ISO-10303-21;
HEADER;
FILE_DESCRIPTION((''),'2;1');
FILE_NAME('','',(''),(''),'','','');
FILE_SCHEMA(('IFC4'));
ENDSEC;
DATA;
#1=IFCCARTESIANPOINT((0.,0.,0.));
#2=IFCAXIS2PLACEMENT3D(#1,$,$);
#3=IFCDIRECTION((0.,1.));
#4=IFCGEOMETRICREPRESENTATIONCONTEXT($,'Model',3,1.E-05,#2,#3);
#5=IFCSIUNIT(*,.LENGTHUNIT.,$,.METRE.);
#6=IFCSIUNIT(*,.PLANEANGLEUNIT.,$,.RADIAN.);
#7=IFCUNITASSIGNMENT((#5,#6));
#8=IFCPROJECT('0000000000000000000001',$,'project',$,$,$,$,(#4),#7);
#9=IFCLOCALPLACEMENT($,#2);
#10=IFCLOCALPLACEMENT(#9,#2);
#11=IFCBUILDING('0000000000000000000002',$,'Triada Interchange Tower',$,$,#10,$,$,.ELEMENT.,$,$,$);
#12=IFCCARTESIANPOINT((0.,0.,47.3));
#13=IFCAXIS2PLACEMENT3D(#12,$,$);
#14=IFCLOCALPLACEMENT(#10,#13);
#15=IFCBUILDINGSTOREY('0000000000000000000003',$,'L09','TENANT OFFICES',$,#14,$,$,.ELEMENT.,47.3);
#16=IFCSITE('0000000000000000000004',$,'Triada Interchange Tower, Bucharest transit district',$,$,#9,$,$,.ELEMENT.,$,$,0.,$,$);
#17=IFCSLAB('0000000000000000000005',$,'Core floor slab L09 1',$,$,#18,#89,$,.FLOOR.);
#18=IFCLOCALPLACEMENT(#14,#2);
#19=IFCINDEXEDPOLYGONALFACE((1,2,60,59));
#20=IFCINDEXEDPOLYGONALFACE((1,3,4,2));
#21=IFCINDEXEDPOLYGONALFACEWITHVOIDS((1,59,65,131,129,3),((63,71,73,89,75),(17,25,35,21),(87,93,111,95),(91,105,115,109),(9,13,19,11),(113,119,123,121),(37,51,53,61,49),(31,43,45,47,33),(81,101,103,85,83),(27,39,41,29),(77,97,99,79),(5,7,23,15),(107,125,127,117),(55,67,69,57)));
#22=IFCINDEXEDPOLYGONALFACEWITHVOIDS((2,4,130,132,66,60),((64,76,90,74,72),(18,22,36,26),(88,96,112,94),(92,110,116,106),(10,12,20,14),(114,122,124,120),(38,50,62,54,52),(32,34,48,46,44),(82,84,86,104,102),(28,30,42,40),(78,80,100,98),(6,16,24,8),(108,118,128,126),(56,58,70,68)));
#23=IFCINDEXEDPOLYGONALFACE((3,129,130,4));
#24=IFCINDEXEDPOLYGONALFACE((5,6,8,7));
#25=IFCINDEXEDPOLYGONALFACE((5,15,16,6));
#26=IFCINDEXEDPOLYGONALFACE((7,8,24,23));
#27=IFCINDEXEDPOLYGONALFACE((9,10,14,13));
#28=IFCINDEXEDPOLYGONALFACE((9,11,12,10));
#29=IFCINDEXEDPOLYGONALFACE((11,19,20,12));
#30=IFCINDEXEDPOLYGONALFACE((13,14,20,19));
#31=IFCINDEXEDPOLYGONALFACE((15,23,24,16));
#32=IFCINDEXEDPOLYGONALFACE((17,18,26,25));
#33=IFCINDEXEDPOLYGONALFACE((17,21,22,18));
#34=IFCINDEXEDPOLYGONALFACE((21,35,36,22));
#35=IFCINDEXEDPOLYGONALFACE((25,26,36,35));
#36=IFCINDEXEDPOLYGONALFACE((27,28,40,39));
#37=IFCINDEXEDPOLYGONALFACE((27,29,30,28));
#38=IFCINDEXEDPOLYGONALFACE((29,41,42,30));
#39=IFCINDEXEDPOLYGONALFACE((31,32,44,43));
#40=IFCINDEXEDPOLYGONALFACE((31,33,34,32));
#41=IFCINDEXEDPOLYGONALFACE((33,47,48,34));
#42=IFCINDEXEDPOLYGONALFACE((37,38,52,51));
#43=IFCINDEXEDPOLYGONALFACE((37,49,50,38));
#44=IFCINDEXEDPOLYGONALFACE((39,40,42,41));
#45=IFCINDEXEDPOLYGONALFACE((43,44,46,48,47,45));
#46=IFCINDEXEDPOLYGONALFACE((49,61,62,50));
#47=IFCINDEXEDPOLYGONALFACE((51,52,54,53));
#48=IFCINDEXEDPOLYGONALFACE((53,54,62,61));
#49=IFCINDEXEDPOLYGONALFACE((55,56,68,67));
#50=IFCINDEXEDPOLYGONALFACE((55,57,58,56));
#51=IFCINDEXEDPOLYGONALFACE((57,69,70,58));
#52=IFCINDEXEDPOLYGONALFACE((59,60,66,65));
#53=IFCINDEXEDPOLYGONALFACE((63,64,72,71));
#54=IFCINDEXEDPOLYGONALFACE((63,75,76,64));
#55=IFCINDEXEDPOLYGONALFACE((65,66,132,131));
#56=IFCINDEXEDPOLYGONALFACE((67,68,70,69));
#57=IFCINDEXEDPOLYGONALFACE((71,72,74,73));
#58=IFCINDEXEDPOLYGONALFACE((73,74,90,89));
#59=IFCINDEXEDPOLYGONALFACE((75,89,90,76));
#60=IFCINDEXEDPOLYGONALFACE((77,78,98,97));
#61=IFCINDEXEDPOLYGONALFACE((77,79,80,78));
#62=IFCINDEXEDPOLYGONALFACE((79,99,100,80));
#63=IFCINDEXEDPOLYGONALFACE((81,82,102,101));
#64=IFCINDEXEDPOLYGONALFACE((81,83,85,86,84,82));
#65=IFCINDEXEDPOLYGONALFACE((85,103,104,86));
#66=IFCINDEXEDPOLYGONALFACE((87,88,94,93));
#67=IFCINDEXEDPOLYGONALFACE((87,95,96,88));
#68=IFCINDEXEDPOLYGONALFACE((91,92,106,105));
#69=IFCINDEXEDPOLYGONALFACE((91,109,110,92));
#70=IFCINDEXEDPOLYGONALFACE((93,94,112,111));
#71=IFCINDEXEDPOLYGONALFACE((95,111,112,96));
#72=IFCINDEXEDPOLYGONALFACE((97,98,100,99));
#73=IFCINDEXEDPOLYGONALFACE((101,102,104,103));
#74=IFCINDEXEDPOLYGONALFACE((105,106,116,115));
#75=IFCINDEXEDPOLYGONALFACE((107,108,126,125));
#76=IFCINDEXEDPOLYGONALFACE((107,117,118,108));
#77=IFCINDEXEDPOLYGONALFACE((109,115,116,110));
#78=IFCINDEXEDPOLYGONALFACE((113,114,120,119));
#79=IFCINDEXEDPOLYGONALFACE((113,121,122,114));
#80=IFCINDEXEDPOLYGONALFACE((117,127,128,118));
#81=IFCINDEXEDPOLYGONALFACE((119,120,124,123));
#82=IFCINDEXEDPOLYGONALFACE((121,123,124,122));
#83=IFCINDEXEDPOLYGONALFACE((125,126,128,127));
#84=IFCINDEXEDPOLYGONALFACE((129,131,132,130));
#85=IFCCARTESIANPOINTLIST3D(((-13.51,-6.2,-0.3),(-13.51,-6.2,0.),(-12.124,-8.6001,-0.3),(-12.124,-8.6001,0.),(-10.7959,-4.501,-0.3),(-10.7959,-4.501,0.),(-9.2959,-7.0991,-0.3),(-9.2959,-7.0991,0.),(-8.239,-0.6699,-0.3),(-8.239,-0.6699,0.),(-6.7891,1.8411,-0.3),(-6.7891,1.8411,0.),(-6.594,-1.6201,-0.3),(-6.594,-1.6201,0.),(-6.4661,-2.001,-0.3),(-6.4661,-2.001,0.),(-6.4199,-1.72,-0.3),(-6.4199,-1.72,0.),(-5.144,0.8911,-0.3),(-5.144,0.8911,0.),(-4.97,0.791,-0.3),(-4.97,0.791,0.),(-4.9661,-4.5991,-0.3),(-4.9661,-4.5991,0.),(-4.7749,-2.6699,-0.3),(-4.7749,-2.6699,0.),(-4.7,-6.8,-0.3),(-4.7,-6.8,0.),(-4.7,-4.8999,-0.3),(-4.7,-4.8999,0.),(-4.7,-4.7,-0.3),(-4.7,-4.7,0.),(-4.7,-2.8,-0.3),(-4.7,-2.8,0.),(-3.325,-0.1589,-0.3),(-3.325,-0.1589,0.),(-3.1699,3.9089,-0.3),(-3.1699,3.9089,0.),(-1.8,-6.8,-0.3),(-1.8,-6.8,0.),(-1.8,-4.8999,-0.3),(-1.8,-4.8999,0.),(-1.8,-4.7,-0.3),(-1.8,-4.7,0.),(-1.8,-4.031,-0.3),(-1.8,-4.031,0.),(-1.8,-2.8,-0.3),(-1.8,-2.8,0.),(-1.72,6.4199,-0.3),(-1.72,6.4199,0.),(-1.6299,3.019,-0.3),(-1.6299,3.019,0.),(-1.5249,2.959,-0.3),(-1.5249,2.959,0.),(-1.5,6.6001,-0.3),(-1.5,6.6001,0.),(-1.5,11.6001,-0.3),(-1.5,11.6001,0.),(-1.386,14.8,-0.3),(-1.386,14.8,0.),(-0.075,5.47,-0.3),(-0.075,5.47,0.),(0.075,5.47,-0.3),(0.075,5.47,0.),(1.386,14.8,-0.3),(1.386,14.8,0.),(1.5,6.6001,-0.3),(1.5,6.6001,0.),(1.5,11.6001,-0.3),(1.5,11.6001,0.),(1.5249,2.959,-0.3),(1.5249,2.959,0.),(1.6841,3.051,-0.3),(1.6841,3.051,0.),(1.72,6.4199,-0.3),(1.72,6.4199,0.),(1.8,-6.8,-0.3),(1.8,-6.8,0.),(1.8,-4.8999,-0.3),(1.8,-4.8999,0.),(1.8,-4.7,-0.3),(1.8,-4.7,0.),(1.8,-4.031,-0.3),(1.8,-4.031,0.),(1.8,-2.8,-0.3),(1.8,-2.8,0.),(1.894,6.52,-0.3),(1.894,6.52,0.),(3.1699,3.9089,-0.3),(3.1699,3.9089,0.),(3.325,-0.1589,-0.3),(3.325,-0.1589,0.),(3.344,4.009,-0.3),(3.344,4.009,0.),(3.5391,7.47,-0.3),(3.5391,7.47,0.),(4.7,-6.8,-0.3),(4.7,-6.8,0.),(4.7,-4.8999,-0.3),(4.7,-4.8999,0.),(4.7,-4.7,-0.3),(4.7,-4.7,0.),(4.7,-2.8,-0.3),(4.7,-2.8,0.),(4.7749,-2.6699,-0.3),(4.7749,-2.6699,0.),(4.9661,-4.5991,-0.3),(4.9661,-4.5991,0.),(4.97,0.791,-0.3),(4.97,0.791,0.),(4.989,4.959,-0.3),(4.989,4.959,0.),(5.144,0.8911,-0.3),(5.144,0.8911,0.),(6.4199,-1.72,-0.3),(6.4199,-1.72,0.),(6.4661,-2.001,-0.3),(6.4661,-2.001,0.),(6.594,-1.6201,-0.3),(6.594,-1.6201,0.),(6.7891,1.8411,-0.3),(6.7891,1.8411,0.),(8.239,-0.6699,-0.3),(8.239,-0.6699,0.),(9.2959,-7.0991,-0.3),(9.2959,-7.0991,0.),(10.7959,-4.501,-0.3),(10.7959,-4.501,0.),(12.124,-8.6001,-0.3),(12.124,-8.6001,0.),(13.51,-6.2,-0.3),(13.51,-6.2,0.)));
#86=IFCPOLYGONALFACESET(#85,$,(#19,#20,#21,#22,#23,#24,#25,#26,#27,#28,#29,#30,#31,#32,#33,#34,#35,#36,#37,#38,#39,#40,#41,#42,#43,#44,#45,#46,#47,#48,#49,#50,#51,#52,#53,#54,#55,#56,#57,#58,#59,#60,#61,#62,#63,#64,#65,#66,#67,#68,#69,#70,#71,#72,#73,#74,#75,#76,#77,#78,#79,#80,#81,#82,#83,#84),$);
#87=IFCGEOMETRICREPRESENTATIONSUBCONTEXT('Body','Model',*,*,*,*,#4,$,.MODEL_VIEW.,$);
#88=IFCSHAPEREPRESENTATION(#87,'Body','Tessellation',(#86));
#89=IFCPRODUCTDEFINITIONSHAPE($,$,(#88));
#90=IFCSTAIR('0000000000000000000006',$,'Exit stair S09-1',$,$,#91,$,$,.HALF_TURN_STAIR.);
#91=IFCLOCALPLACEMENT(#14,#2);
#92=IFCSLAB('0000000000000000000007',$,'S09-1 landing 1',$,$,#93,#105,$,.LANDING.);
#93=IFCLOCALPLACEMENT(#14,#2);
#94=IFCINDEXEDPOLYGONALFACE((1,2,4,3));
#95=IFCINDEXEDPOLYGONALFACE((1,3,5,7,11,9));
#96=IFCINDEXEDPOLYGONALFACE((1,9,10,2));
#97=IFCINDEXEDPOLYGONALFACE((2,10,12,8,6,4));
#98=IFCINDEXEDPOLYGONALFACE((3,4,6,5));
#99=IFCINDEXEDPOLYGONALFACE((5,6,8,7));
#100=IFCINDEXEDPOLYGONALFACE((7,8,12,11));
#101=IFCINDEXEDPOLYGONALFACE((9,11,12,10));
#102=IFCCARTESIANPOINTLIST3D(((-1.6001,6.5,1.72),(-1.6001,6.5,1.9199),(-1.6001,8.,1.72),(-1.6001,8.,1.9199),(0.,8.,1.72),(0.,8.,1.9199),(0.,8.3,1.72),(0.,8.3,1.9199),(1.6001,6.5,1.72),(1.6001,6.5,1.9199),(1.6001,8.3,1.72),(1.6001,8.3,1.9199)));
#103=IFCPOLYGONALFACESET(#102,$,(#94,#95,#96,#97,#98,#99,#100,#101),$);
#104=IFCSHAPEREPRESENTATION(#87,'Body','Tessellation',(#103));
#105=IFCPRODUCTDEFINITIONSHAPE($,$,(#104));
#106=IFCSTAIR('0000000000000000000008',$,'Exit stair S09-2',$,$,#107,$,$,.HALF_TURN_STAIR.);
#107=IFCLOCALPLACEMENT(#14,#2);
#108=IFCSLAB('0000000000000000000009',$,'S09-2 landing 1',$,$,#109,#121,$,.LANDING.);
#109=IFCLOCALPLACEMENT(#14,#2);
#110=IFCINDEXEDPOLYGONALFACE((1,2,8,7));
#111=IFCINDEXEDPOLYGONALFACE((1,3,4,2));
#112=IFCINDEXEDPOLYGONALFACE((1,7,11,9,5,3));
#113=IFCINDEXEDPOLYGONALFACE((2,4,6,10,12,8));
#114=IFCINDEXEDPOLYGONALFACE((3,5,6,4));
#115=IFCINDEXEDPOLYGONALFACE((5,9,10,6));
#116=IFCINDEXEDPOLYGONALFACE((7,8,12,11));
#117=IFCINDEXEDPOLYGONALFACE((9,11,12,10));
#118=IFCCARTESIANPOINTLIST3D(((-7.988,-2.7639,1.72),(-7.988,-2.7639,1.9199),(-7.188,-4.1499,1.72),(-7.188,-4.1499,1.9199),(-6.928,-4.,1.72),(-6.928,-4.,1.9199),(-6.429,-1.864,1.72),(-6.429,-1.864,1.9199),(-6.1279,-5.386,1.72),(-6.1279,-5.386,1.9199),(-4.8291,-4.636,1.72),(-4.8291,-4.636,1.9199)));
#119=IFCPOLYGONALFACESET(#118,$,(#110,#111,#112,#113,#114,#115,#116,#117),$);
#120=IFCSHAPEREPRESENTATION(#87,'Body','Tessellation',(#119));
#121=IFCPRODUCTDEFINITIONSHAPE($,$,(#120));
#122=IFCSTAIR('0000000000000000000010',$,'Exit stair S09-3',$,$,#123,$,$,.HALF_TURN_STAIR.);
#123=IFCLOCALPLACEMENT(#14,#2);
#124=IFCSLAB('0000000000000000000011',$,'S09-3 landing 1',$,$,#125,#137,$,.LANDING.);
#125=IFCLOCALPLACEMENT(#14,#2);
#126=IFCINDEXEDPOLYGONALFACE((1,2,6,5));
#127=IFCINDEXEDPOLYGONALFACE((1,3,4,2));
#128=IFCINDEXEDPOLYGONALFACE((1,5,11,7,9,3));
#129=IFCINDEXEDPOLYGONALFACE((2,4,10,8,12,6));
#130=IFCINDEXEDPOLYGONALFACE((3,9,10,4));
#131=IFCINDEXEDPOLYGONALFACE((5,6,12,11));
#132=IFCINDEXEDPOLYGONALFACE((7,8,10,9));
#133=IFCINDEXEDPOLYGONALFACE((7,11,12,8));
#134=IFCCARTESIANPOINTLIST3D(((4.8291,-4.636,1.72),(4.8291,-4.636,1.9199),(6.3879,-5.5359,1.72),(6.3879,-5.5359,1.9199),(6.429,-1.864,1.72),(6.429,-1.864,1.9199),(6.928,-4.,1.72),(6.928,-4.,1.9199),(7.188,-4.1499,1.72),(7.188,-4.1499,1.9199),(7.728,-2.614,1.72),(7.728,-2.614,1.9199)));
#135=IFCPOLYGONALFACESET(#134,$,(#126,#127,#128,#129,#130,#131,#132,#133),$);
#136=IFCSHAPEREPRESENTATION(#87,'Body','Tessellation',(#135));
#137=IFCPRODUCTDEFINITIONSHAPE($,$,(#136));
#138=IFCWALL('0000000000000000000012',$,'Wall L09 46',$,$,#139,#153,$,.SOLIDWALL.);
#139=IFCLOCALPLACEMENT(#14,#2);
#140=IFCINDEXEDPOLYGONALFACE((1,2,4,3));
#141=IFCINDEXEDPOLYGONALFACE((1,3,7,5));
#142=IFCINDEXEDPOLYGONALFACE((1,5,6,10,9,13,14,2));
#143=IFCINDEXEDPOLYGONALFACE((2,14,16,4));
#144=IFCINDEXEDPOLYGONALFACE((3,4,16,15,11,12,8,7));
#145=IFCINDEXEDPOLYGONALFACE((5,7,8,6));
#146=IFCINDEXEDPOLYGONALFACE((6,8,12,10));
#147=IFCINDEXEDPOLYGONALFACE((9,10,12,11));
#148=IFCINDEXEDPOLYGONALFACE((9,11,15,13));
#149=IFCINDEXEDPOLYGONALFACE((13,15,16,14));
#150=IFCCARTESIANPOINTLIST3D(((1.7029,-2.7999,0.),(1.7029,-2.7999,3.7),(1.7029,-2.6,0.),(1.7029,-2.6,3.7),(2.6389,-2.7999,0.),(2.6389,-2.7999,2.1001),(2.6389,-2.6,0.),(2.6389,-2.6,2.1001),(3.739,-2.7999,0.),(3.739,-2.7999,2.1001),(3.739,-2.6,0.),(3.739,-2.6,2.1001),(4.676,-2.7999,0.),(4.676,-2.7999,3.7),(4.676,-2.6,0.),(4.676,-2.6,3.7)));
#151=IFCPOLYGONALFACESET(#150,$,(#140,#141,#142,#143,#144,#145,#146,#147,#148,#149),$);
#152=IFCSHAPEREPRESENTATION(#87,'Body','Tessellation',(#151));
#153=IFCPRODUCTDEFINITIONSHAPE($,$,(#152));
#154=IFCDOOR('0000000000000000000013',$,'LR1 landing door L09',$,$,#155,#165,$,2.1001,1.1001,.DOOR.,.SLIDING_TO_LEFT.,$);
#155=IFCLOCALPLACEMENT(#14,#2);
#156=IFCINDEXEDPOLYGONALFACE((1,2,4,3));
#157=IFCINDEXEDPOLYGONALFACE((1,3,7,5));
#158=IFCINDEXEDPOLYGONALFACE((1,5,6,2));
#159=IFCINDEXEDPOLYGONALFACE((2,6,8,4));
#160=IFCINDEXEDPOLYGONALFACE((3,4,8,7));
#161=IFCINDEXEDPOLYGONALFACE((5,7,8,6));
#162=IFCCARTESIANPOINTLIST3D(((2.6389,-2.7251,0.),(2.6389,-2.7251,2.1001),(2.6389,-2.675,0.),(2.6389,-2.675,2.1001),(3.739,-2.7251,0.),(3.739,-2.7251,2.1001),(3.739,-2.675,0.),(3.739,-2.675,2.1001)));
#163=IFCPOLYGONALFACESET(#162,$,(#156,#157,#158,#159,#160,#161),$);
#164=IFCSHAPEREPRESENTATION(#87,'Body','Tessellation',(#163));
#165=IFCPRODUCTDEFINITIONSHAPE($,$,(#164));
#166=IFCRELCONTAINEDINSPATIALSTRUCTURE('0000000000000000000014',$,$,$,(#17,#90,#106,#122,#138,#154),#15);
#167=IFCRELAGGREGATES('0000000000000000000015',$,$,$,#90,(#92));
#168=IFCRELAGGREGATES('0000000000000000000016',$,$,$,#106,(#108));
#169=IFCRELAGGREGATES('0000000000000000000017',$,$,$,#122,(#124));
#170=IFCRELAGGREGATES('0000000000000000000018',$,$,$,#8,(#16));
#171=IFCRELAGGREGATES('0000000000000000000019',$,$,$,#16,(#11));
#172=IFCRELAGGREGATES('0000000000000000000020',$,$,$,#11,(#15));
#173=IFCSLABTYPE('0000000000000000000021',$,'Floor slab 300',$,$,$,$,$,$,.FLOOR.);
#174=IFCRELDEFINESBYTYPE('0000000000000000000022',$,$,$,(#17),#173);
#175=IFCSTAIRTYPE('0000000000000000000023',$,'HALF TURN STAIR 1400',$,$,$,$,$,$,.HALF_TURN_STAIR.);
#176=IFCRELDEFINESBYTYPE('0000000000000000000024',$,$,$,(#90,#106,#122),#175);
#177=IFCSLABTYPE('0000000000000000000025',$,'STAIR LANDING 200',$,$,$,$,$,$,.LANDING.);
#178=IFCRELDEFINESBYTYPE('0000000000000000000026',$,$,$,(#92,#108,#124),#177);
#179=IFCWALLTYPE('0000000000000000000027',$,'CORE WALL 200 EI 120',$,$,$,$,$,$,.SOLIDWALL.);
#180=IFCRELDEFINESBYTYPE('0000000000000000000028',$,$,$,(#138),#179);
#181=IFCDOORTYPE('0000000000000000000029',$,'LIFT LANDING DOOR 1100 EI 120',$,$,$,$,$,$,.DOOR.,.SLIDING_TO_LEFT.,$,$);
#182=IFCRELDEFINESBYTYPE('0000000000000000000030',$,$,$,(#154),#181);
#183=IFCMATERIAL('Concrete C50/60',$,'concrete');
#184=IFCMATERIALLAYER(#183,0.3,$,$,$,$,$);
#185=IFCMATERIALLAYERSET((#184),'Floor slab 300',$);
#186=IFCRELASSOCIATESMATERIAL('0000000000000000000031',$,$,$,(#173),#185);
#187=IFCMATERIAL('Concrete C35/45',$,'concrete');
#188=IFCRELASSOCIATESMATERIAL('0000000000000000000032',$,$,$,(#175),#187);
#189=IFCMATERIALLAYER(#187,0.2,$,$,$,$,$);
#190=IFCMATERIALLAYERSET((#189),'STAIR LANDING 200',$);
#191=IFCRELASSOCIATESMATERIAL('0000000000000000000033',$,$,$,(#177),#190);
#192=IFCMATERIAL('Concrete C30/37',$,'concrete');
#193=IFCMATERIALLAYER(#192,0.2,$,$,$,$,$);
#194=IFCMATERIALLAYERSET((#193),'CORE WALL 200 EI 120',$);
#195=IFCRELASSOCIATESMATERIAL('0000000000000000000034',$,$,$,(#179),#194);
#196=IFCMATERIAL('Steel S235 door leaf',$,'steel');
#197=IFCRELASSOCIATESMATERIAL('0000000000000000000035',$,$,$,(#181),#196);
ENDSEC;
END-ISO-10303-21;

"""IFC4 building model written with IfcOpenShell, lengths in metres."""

from ifc_helpers import new_model, si_unit, direction, frame, frame_2d, origin, place, context, subcontext, project, spatial, polyline, rectangle, outline, extrude, material, layer, layer_set, type_object, element, fill, aggregate, save


model = new_model("IFC4")

# Units and contexts
model_context = context("Model", 3, precision=1e-05, world=origin(), true_north=direction((0.0, 1.0)))
body_context = subcontext(model_context, "Body", "Model", "MODEL_VIEW")
ifc_project = project(units=[si_unit("LENGTHUNIT", "METRE"), si_unit("PLANEANGLEUNIT", "RADIAN")], contexts=[model_context])

# Site, building, storey
site_placement = place(None, origin())
site = spatial("IfcSite", under=ifc_project, at=site_placement, Name="Triada Interchange Tower, Bucharest transit district", CompositionType="ELEMENT", RefElevation=0.0)
building_placement = place(site_placement, origin())
building = spatial("IfcBuilding", under=site, at=building_placement, Name="Triada Interchange Tower", CompositionType="ELEMENT")
storey_placement = place(building_placement, frame((0.0, 0.0, 47.3)))
storey = spatial("IfcBuildingStorey", under=building, at=storey_placement, Name="L09", Description="TENANT OFFICES", CompositionType="ELEMENT", Elevation=47.3)

# Slab
ifc_material_1 = material(Name="Concrete C50/60", Category="concrete")
ifc_layer_1 = layer(ifc_material_1, 0.3)
ifc_layer_set_1 = layer_set([ifc_layer_1], Name="Floor slab 300")
slab_type_1 = type_object("IfcSlabType", Name="Floor slab 300", PredefinedType="FLOOR", material=ifc_layer_set_1)
slab_1_placement = place(storey_placement, frame((0.0, 0.0, -0.3)))
element("IfcSlab", 1, at=slab_1_placement, inside=storey, type_object=slab_type_1, Name="Core floor slab L09 1", PredefinedType="FLOOR", context=body_context, shape_type="SweptSolid", body=[
    extrude(outline(polyline([(13.51, -6.2), (12.124, -8.6001), (-12.124, -8.6001), (-13.51, -6.2), (-1.386, 14.8), (1.386, 14.8), (13.51, -6.2)]), holes=[polyline([(9.2959, -7.0991), (10.7959, -4.501), (6.4661, -2.001), (4.9661, -4.5991), (9.2959, -7.0991)]), polyline([(6.7891, 1.8411), (5.144, 0.8911), (6.594, -1.6201), (8.239, -0.6699), (6.7891, 1.8411)]), polyline([(4.97, 0.791), (3.325, -0.1589), (4.7749, -2.6699), (6.4199, -1.72), (4.97, 0.791)]), polyline([(1.894, 6.52), (3.344, 4.009), (4.989, 4.959), (3.5391, 7.47), (1.894, 6.52)]), polyline([(1.8, -4.8999), (1.8, -6.8), (4.7, -6.8), (4.7, -4.8999), (1.8, -4.8999)]), polyline([(1.8, -2.8), (1.8, -4.031), (1.8, -4.7), (4.7, -4.7), (4.7, -2.8), (1.8, -2.8)]), polyline([(1.5249, 2.959), (1.6841, 3.051), (3.1699, 3.9089), (1.72, 6.4199), (0.075, 5.47), (1.5249, 2.959)]), polyline([(1.5, 11.6001), (-1.5, 11.6001), (-1.5, 6.6001), (1.5, 6.6001), (1.5, 11.6001)]), polyline([(-0.075, 5.47), (-1.72, 6.4199), (-3.1699, 3.9089), (-1.6299, 3.019), (-1.5249, 2.959), (-0.075, 5.47)]), polyline([(-4.7, -2.8), (-4.7, -4.7), (-1.8, -4.7), (-1.8, -4.031), (-1.8, -2.8), (-4.7, -2.8)]), polyline([(-4.7, -4.8999), (-4.7, -6.8), (-1.8, -6.8), (-1.8, -4.8999), (-4.7, -4.8999)]), polyline([(-4.7749, -2.6699), (-3.325, -0.1589), (-4.97, 0.791), (-6.4199, -1.72), (-4.7749, -2.6699)]), polyline([(-10.7959, -4.501), (-9.2959, -7.0991), (-4.9661, -4.5991), (-6.4661, -2.001), (-10.7959, -4.501)]), polyline([(-6.594, -1.6201), (-5.144, 0.8911), (-6.7891, 1.8411), (-8.239, -0.6699), (-6.594, -1.6201)])]), origin(), (0.0, 0.0, 1.0), 0.3),
])

# Stairs, slabs
ifc_material_2 = material(Name="Concrete C35/45", Category="concrete")
stair_type = type_object("IfcStairType", Name="HALF TURN STAIR 1400", PredefinedType="HALF_TURN_STAIR", material=ifc_material_2)
stair_1_placement = place(storey_placement, origin())
stair_1 = element("IfcStair", 2, at=stair_1_placement, inside=storey, type_object=stair_type, Name="Exit stair S09-1", PredefinedType="HALF_TURN_STAIR")
ifc_layer_2 = layer(ifc_material_2, 0.2)
ifc_layer_set_2 = layer_set([ifc_layer_2], Name="STAIR LANDING 200")
slab_type_2 = type_object("IfcSlabType", Name="STAIR LANDING 200", PredefinedType="LANDING", material=ifc_layer_set_2)
slab_2_placement = place(storey_placement, frame((0.0, 0.0, 1.72)))
slab_2 = element("IfcSlab", 3, at=slab_2_placement, type_object=slab_type_2, Name="S09-1 landing 1", PredefinedType="LANDING", context=body_context, shape_type="SweptSolid", body=[
    extrude(outline(polyline([(1.6001, 6.5), (1.6001, 8.3), (0.0, 8.3), (0.0, 8.0), (-1.6001, 8.0), (-1.6001, 6.5), (1.6001, 6.5)])), origin(), (0.0, 0.0, 1.0), 0.2),
])
aggregate(stair_1, [slab_2])
stair_2_placement = place(storey_placement, origin())
stair_2 = element("IfcStair", 4, at=stair_2_placement, inside=storey, type_object=stair_type, Name="Exit stair S09-2", PredefinedType="HALF_TURN_STAIR")
slab_3_placement = place(storey_placement, frame((0.0, 0.0, 1.72)))
slab_3 = element("IfcSlab", 5, at=slab_3_placement, type_object=slab_type_2, Name="S09-2 landing 1", PredefinedType="LANDING", context=body_context, shape_type="SweptSolid", body=[
    extrude(outline(polyline([(-6.429, -1.864), (-7.988, -2.7639), (-7.188, -4.1499), (-6.928, -4.0), (-6.1279, -5.386), (-4.8291, -4.636), (-6.429, -1.864)])), origin(), (0.0, 0.0, 1.0), 0.2),
])
aggregate(stair_2, [slab_3])
stair_3_placement = place(storey_placement, origin())
stair_3 = element("IfcStair", 6, at=stair_3_placement, inside=storey, type_object=stair_type, Name="Exit stair S09-3", PredefinedType="HALF_TURN_STAIR")
slab_4_placement = place(storey_placement, frame((0.0, 0.0, 1.72)))
slab_4 = element("IfcSlab", 7, at=slab_4_placement, type_object=slab_type_2, Name="S09-3 landing 1", PredefinedType="LANDING", context=body_context, shape_type="SweptSolid", body=[
    extrude(outline(polyline([(4.8291, -4.636), (6.3879, -5.5359), (7.188, -4.1499), (6.928, -4.0), (7.728, -2.614), (6.429, -1.864), (4.8291, -4.636)])), origin(), (0.0, 0.0, 1.0), 0.2),
])
aggregate(stair_3, [slab_4])

# Wall, opening, door
ifc_material_3 = material(Name="Concrete C30/37", Category="concrete")
ifc_layer_3 = layer(ifc_material_3, 0.2)
ifc_layer_set_3 = layer_set([ifc_layer_3], Name="CORE WALL 200 EI 120")
wall_type = type_object("IfcWallType", Name="CORE WALL 200 EI 120", PredefinedType="SOLIDWALL", material=ifc_layer_set_3)
wall_1_placement = place(storey_placement, frame((1.7029, -2.7, 0.0), z_axis=(0.0, 0.0, 1.0), x_axis=(1.0, 0.0, 0.0)))
wall_1 = element("IfcWall", 8, at=wall_1_placement, inside=storey, type_object=wall_type, Name="Wall L09 46", PredefinedType="SOLIDWALL", context=body_context, shape_type="SweptSolid", body=[
    extrude(rectangle(XDim=2.9731, YDim=0.2, at=frame_2d((1.4866, 0.0))), origin(), (0.0, 0.0, 1.0), 3.7),
])
opening_1_placement = place(wall_1_placement, frame((0.936, 0.0, 0.0)))
opening_1 = element("IfcOpeningElement", 9, at=opening_1_placement, cuts=wall_1, PredefinedType="OPENING", context=body_context, shape_type="SweptSolid", body=[
    extrude(rectangle(XDim=1.1001, YDim=2.1001, at=frame_2d((0.55, 1.05))), frame((0.0, 0.1099, 0.0), z_axis=(0.0, -1.0, 0.0), x_axis=(1.0, 0.0, 0.0)), (0.0, 0.0, 1.0), 0.22),
])
ifc_material_4 = material(Name="Steel S235 door leaf", Category="steel")
door_type = type_object("IfcDoorType", Name="LIFT LANDING DOOR 1100 EI 120", OperationType="SLIDING_TO_LEFT", PredefinedType="DOOR", material=ifc_material_4)
door_1_placement = place(opening_1_placement, origin())
door_1 = element("IfcDoor", 10, at=door_1_placement, inside=storey, type_object=door_type, Name="LR1 landing door L09", OperationType="SLIDING_TO_LEFT", OverallHeight=2.1001, OverallWidth=1.1001, PredefinedType="DOOR", context=body_context, shape_type="SweptSolid", body=[
    extrude(rectangle(XDim=1.1001, YDim=2.1001, at=frame_2d((0.55, 1.05))), frame((0.0, 0.0249, 0.0), z_axis=(0.0, -1.0, 0.0), x_axis=(1.0, 0.0, 0.0)), (0.0, 0.0, 1.0), 0.05),
])
fill(opening_1, door_1)

save(model, "model.ifc")
